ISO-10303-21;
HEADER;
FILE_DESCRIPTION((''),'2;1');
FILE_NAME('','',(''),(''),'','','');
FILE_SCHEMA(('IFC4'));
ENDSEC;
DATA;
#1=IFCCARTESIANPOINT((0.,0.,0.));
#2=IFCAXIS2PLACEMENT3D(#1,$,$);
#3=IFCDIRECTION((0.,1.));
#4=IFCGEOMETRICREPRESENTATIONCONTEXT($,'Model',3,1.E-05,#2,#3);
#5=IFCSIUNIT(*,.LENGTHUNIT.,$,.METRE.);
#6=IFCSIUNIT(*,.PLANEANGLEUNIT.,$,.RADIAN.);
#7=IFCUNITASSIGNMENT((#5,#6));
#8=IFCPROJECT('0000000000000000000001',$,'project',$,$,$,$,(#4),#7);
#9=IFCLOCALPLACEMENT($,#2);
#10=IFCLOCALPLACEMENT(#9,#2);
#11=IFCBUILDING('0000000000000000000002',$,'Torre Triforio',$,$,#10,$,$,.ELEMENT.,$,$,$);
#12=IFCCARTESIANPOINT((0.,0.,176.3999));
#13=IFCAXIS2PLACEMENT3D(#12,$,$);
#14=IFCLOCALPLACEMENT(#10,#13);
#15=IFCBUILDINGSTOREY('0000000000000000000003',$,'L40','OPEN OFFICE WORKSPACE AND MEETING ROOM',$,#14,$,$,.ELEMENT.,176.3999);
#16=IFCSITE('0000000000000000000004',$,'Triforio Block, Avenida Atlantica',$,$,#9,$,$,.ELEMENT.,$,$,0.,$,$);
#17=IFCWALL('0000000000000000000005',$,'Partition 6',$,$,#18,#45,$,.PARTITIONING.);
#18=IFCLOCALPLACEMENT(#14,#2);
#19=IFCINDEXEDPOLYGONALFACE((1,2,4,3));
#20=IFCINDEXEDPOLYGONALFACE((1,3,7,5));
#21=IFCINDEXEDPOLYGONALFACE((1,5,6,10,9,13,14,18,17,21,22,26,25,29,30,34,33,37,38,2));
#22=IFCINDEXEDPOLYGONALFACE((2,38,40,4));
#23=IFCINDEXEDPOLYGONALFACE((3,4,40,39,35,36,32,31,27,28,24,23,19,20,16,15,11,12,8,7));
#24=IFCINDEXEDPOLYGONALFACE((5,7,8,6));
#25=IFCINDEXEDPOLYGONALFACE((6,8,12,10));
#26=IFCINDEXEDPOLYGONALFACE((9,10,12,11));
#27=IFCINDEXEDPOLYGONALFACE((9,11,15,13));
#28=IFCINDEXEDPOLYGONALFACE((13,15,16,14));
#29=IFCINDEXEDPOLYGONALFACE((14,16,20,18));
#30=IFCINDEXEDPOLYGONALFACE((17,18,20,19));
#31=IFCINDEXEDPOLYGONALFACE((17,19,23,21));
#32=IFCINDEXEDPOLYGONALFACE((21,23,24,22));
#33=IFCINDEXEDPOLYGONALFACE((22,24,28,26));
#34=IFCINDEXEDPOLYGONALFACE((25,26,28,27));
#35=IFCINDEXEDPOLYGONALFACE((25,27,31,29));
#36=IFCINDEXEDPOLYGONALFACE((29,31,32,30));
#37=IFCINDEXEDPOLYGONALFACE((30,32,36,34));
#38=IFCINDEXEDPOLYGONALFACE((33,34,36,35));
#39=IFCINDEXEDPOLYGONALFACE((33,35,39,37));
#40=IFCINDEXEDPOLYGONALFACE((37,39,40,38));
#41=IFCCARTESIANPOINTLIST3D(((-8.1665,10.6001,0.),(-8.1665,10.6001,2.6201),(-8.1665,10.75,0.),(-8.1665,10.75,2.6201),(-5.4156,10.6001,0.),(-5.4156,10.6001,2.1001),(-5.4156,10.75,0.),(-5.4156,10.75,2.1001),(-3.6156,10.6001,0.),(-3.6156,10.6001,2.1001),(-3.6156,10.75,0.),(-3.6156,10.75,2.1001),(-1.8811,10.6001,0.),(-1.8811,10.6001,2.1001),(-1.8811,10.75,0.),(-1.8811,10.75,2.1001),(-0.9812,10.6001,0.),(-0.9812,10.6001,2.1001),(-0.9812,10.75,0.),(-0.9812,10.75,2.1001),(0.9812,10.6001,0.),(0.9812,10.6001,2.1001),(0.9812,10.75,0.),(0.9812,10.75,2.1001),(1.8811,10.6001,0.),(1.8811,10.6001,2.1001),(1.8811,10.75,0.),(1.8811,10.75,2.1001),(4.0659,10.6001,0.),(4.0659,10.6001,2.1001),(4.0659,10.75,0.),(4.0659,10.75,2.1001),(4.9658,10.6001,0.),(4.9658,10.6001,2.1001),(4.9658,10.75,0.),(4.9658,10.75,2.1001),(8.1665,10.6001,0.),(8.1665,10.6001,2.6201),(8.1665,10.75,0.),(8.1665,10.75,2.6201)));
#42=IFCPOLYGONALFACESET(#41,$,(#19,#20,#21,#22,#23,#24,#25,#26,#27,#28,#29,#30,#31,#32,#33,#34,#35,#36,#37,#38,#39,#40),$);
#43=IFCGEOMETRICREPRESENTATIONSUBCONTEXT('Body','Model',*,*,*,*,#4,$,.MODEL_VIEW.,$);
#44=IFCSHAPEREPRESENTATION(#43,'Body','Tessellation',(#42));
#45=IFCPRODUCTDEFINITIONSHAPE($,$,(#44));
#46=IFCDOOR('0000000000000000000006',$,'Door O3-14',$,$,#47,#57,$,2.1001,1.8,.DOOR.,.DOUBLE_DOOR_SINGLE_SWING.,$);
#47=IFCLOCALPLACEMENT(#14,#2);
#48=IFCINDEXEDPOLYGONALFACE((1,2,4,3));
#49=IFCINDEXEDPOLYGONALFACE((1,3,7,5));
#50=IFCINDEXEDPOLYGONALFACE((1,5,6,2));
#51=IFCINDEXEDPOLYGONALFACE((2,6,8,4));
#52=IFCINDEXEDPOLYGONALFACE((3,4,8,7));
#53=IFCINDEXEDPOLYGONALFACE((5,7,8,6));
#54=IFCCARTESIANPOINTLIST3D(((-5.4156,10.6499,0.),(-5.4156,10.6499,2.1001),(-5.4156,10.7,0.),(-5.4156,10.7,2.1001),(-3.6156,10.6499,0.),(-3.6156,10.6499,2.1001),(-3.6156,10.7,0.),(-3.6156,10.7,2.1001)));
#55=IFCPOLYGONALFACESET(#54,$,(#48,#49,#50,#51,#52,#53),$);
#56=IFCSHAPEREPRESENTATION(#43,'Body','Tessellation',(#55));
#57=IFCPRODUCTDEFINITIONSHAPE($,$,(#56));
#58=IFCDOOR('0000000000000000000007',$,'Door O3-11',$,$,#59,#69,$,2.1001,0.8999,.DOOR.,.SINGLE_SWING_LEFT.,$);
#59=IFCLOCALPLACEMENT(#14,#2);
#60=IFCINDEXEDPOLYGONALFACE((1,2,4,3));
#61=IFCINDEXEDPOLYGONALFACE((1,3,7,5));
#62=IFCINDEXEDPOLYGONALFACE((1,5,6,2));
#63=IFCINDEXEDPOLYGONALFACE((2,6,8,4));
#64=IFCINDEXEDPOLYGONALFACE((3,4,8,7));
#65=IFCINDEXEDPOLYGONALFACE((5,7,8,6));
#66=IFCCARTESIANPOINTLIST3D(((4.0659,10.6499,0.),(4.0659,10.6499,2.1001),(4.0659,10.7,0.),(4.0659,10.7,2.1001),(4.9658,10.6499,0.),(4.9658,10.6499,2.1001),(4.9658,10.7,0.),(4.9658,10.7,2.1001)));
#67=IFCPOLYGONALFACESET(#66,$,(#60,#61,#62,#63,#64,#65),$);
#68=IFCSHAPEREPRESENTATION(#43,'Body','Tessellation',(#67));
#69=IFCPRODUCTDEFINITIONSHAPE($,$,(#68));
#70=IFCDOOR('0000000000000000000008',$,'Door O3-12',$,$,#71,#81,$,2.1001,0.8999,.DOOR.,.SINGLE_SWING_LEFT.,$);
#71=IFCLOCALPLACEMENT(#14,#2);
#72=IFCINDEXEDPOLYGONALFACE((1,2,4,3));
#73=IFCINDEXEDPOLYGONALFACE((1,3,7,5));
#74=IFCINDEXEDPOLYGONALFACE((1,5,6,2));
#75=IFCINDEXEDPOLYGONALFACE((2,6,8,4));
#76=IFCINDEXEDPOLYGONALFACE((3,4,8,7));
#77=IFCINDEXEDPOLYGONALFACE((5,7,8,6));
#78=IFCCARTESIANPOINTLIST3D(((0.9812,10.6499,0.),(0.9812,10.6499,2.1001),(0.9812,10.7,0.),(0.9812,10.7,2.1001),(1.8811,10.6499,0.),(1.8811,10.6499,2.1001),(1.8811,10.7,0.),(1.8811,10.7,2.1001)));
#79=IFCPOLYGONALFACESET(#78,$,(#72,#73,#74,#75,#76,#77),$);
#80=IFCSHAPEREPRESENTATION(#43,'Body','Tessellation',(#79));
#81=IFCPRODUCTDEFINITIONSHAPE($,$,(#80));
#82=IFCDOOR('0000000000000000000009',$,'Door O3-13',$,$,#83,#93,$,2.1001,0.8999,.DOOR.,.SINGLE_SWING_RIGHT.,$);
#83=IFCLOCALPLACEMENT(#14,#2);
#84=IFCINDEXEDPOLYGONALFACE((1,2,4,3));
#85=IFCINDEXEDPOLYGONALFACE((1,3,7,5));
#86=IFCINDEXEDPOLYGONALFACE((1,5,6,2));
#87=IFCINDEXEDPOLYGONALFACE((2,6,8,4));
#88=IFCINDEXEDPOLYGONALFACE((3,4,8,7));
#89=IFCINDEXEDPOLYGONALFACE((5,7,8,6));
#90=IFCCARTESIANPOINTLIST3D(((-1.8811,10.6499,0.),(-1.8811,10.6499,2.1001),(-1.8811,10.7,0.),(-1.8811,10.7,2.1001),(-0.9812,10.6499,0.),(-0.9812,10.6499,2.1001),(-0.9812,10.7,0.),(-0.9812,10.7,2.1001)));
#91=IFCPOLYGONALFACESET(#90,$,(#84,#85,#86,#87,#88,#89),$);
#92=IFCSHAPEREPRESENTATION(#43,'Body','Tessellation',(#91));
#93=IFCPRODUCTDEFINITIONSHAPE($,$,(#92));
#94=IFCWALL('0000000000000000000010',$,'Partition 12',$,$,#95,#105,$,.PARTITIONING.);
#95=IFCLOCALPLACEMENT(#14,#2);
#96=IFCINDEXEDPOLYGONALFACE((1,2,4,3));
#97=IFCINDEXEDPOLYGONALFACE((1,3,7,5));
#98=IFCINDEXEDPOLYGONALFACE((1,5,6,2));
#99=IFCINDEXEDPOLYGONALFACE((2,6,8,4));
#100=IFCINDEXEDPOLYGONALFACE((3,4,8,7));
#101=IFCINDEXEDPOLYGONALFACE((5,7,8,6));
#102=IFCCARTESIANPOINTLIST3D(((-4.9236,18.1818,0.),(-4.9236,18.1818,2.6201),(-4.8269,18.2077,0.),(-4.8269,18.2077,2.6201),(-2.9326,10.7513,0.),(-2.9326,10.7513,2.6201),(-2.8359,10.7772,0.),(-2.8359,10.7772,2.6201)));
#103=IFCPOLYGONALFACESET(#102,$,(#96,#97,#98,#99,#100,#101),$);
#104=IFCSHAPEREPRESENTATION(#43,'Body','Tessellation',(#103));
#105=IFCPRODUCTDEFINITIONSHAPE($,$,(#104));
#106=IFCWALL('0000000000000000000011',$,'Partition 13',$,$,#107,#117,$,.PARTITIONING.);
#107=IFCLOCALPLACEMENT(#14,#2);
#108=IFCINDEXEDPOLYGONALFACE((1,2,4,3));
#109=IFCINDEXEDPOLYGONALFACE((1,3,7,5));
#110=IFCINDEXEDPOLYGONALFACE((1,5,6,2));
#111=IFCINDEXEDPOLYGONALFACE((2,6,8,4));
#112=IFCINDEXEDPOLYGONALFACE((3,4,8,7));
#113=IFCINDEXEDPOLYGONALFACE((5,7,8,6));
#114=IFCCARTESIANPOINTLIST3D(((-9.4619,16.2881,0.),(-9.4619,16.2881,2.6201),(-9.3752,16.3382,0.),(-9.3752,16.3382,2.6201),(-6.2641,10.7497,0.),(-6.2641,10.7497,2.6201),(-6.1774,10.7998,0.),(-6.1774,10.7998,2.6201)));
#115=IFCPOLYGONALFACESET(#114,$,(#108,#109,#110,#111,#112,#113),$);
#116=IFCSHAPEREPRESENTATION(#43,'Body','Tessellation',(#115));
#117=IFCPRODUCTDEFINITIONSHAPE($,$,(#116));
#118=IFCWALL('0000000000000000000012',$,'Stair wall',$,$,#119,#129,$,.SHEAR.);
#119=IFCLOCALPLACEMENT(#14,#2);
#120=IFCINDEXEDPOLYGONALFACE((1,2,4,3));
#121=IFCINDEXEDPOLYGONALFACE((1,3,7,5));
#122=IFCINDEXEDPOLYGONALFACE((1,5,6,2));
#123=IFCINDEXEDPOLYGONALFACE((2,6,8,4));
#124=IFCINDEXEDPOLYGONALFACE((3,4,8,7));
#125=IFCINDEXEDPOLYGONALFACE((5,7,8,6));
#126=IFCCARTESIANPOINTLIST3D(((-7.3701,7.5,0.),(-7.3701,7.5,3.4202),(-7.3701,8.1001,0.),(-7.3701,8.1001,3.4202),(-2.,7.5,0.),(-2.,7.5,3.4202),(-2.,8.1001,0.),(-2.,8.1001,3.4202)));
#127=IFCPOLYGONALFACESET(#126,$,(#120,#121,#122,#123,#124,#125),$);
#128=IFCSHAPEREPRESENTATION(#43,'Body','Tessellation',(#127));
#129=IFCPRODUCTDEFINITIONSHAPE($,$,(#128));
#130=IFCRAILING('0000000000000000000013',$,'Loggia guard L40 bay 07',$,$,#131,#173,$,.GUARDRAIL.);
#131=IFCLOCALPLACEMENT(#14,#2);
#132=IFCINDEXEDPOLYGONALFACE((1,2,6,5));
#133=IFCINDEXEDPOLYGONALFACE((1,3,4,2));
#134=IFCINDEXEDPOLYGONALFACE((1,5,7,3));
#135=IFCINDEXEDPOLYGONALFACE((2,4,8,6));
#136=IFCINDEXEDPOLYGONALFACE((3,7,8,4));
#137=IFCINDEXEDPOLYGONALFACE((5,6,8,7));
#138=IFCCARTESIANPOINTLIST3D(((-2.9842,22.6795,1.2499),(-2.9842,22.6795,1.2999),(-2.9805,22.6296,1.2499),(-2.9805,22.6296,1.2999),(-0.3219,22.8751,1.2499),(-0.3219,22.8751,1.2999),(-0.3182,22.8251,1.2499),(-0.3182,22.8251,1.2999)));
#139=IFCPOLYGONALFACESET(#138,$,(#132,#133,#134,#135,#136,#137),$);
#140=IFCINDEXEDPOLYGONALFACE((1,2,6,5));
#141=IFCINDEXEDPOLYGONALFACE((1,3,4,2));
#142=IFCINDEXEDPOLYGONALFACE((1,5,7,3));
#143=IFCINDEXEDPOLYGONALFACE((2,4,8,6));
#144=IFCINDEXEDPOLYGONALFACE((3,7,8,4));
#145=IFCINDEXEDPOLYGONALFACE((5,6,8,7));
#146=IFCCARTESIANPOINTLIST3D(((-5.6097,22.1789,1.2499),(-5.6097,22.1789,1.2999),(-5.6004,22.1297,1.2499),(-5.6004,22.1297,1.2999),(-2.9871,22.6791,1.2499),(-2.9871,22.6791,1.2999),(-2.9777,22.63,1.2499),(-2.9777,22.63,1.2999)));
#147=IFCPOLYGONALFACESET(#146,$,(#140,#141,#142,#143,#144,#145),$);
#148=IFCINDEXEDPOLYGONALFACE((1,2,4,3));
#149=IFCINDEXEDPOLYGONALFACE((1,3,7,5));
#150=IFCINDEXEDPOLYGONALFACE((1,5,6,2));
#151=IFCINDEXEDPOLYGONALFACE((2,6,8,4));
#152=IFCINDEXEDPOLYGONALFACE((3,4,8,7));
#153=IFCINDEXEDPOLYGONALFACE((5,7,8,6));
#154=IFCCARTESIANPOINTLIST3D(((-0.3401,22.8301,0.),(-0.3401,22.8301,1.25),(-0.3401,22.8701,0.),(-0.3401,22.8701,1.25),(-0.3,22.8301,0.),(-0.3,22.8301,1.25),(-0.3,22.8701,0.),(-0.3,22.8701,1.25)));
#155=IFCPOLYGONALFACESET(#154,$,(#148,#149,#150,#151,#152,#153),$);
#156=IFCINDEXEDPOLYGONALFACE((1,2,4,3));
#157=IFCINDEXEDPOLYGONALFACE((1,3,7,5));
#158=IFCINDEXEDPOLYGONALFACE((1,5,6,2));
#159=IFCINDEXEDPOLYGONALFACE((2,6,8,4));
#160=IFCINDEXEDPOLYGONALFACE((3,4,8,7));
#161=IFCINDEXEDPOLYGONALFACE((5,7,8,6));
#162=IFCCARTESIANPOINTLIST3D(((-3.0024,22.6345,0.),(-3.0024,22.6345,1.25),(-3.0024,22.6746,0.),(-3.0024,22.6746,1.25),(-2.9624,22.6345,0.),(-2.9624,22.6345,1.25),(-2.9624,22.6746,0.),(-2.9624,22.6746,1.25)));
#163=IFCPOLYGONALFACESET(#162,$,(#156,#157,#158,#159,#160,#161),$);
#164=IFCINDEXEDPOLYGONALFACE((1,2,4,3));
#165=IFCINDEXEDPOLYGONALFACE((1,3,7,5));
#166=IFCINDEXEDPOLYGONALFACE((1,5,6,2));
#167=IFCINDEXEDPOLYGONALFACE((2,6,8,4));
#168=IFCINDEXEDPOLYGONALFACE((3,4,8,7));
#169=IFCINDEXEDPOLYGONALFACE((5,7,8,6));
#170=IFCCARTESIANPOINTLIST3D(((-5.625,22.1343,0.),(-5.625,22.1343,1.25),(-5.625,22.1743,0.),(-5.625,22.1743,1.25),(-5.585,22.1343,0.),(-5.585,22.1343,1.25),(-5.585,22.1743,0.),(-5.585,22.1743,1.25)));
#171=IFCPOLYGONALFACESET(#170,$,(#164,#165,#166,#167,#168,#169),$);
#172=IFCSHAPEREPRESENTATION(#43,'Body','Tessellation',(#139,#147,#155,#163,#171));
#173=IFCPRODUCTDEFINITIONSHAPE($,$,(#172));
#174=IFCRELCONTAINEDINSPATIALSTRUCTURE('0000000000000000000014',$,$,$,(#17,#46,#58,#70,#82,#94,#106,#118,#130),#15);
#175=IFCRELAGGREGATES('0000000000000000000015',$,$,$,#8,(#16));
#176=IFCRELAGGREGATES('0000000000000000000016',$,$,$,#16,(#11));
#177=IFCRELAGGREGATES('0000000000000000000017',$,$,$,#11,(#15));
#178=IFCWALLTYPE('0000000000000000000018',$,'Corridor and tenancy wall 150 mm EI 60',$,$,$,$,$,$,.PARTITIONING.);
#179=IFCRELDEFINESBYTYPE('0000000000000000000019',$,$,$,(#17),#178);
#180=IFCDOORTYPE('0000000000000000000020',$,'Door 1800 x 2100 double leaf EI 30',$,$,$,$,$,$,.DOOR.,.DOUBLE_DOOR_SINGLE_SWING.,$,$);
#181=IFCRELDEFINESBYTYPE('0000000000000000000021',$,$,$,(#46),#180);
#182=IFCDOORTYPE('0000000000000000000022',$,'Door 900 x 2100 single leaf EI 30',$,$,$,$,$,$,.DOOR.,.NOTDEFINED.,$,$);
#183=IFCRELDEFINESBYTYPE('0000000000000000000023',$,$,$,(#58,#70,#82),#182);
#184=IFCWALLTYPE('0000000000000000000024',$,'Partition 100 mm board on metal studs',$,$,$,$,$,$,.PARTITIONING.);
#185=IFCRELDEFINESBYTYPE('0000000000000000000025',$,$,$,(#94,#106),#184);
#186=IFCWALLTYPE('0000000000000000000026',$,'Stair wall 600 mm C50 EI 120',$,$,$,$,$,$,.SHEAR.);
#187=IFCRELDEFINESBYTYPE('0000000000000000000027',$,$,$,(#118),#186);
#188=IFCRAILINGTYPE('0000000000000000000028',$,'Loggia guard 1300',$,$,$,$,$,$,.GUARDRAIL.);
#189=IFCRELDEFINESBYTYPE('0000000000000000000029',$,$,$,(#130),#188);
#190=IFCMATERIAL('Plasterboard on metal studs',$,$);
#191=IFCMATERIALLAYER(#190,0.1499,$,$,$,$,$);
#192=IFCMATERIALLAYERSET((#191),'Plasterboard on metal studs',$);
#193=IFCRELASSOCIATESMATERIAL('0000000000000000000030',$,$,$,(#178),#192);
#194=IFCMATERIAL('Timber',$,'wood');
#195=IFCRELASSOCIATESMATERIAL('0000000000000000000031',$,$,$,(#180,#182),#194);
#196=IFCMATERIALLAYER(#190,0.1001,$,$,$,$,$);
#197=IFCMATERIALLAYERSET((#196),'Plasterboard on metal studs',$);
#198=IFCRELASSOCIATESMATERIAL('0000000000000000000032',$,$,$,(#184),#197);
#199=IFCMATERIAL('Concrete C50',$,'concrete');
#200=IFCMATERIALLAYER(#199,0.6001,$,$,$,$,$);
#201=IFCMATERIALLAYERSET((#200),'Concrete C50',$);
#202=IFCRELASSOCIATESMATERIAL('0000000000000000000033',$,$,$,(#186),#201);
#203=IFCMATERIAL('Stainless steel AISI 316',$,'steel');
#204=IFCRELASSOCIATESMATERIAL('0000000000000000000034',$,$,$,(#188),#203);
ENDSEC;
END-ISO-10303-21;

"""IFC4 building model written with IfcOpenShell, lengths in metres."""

from ifc_helpers import new_model, si_unit, direction, frame, frame_2d, origin, origin_2d, place, context, subcontext, project, spatial, rectangle, extrude, material, layer, layer_set, type_object, element, fill, save


model = new_model("IFC4")

# Units and contexts
model_context = context("Model", 3, precision=1e-05, world=origin(), true_north=direction((0.0, 1.0)))
body_context = subcontext(model_context, "Body", "Model", "MODEL_VIEW")
ifc_project = project(units=[si_unit("LENGTHUNIT", "METRE"), si_unit("PLANEANGLEUNIT", "RADIAN")], contexts=[model_context])

# Site, building, storey
site_placement = place(None, origin())
site = spatial("IfcSite", under=ifc_project, at=site_placement, Name="Triforio Block, Avenida Atlantica", CompositionType="ELEMENT", RefElevation=0.0)
building_placement = place(site_placement, origin())
building = spatial("IfcBuilding", under=site, at=building_placement, Name="Torre Triforio", CompositionType="ELEMENT")
storey_placement = place(building_placement, frame((0.0, 0.0, 176.3999)))
storey = spatial("IfcBuildingStorey", under=building, at=storey_placement, Name="L40", Description="OPEN OFFICE WORKSPACE AND MEETING ROOM", CompositionType="ELEMENT", Elevation=176.3999)

# Shared definitions
ifc_material_1 = material(Name="Concrete C50", Category="concrete")

# Wall, openings, doors
ifc_material_2 = material(Name="Plasterboard on metal studs")
ifc_layer_1 = layer(ifc_material_2, 0.1499)
ifc_layer_set_1 = layer_set([ifc_layer_1], Name="Plasterboard on metal studs")
wall_type_1 = type_object("IfcWallType", Name="Corridor and tenancy wall 150 mm EI 60", PredefinedType="PARTITIONING", material=ifc_layer_set_1)
wall_1_placement = place(storey_placement, frame((-8.1665, 10.675, 0.0), z_axis=(0.0, 0.0, 1.0), x_axis=(1.0, 0.0, 0.0)))
wall_1 = element("IfcWall", 1, at=wall_1_placement, inside=storey, type_object=wall_type_1, Name="Partition 6", PredefinedType="PARTITIONING", context=body_context, shape_type="SweptSolid", body=[
    extrude(rectangle(XDim=16.333, YDim=0.1499, at=frame_2d((8.1665, 0.0))), origin(), (0.0, 0.0, 1.0), 2.6201),
])
opening_1_placement = place(wall_1_placement, frame((12.2324, 0.0, 0.0)))
opening_1 = element("IfcOpeningElement", 2, at=opening_1_placement, cuts=wall_1, PredefinedType="OPENING", context=body_context, shape_type="SweptSolid", body=[
    extrude(rectangle(XDim=0.8999, YDim=2.1001, at=frame_2d((0.45, 1.05))), frame((0.0, 0.085, 0.0), z_axis=(0.0, -1.0, 0.0), x_axis=(1.0, 0.0, 0.0)), (0.0, 0.0, 1.0), 0.1699),
])
opening_2_placement = place(wall_1_placement, frame((9.1477, 0.0, 0.0)))
opening_2 = element("IfcOpeningElement", 3, at=opening_2_placement, cuts=wall_1, PredefinedType="OPENING", context=body_context, shape_type="SweptSolid", body=[
    extrude(rectangle(XDim=0.8999, YDim=2.1001, at=frame_2d((0.45, 1.05))), frame((0.0, 0.085, 0.0), z_axis=(0.0, -1.0, 0.0), x_axis=(1.0, 0.0, 0.0)), (0.0, 0.0, 1.0), 0.1699),
])
opening_3_placement = place(wall_1_placement, frame((6.2854, 0.0, 0.0)))
opening_3 = element("IfcOpeningElement", 4, at=opening_3_placement, cuts=wall_1, PredefinedType="OPENING", context=body_context, shape_type="SweptSolid", body=[
    extrude(rectangle(XDim=0.8999, YDim=2.1001, at=frame_2d((0.45, 1.05))), frame((0.0, 0.085, 0.0), z_axis=(0.0, -1.0, 0.0), x_axis=(1.0, 0.0, 0.0)), (0.0, 0.0, 1.0), 0.1699),
])
opening_4_placement = place(wall_1_placement, frame((2.751, 0.0, 0.0)))
opening_4 = element("IfcOpeningElement", 5, at=opening_4_placement, cuts=wall_1, PredefinedType="OPENING", context=body_context, shape_type="SweptSolid", body=[
    extrude(rectangle(XDim=1.8, YDim=2.1001, at=frame_2d((0.8999, 1.05))), frame((0.0, 0.085, 0.0), z_axis=(0.0, -1.0, 0.0), x_axis=(1.0, 0.0, 0.0)), (0.0, 0.0, 1.0), 0.1699),
])
ifc_material_3 = material(Name="Timber", Category="wood")
door_type_1 = type_object("IfcDoorType", Name="Door 1800 x 2100 double leaf EI 30", OperationType="DOUBLE_DOOR_SINGLE_SWING", PredefinedType="DOOR", material=ifc_material_3)
door_1_placement = place(opening_4_placement, origin())
door_1 = element("IfcDoor", 6, at=door_1_placement, inside=storey, type_object=door_type_1, Name="Door O3-14", OperationType="DOUBLE_DOOR_SINGLE_SWING", OverallHeight=2.1001, OverallWidth=1.8, PredefinedType="DOOR", context=body_context, shape_type="SweptSolid", body=[
    extrude(rectangle(XDim=1.8, YDim=2.1001, at=frame_2d((0.8999, 1.05))), frame((0.0, 0.0249, 0.0), z_axis=(0.0, -1.0, 0.0), x_axis=(1.0, 0.0, 0.0)), (0.0, 0.0, 1.0), 0.05),
])
fill(opening_4, door_1)
door_type_2 = type_object("IfcDoorType", Name="Door 900 x 2100 single leaf EI 30", OperationType="NOTDEFINED", PredefinedType="DOOR", material=ifc_material_3)
door_2_placement = place(opening_1_placement, origin())
door_2 = element("IfcDoor", 7, at=door_2_placement, inside=storey, type_object=door_type_2, Name="Door O3-11", OperationType="SINGLE_SWING_LEFT", OverallHeight=2.1001, OverallWidth=0.8999, PredefinedType="DOOR", context=body_context, shape_type="SweptSolid", body=[
    extrude(rectangle(XDim=0.8999, YDim=2.1001, at=frame_2d((0.45, 1.05))), frame((0.0, 0.0249, 0.0), z_axis=(0.0, -1.0, 0.0), x_axis=(1.0, 0.0, 0.0)), (0.0, 0.0, 1.0), 0.05),
])
fill(opening_1, door_2)
door_3_placement = place(opening_2_placement, origin())
door_3 = element("IfcDoor", 8, at=door_3_placement, inside=storey, type_object=door_type_2, Name="Door O3-12", OperationType="SINGLE_SWING_LEFT", OverallHeight=2.1001, OverallWidth=0.8999, PredefinedType="DOOR", context=body_context, shape_type="SweptSolid", body=[
    extrude(rectangle(XDim=0.8999, YDim=2.1001, at=frame_2d((0.45, 1.05))), frame((0.0, 0.0249, 0.0), z_axis=(0.0, -1.0, 0.0), x_axis=(1.0, 0.0, 0.0)), (0.0, 0.0, 1.0), 0.05),
])
fill(opening_2, door_3)
door_4_placement = place(opening_3_placement, origin())
door_4 = element("IfcDoor", 9, at=door_4_placement, inside=storey, type_object=door_type_2, Name="Door O3-13", OperationType="SINGLE_SWING_RIGHT", OverallHeight=2.1001, OverallWidth=0.8999, PredefinedType="DOOR", context=body_context, shape_type="SweptSolid", body=[
    extrude(rectangle(XDim=0.8999, YDim=2.1001, at=frame_2d((0.45, 1.05))), frame((0.0, 0.0249, 0.0), z_axis=(0.0, -1.0, 0.0), x_axis=(1.0, 0.0, 0.0)), (0.0, 0.0, 1.0), 0.05),
])
fill(opening_3, door_4)

# Walls
ifc_layer_2 = layer(ifc_material_2, 0.1001)
ifc_layer_set_2 = layer_set([ifc_layer_2], Name="Plasterboard on metal studs")
wall_type_2 = type_object("IfcWallType", Name="Partition 100 mm board on metal studs", PredefinedType="PARTITIONING", material=ifc_layer_set_2)
wall_2_placement = place(storey_placement, frame((-2.8843, 10.7644, 0.0), z_axis=(0.0, 0.0, 1.0), x_axis=(-0.258818, 0.965926, 0.0)))
element("IfcWall", 10, at=wall_2_placement, inside=storey, type_object=wall_type_2, Name="Partition 12", PredefinedType="PARTITIONING", context=body_context, shape_type="SweptSolid", body=[
    extrude(rectangle(XDim=7.6926, YDim=0.1001, at=frame_2d((3.8462, 0.0))), origin(), (0.0, 0.0, 1.0), 2.6201),
])
wall_3_placement = place(storey_placement, frame((-6.2207, 10.7747, 0.0), z_axis=(0.0, 0.0, 1.0), x_axis=(-0.500023, 0.866012, 0.0)))
element("IfcWall", 11, at=wall_3_placement, inside=storey, type_object=wall_type_2, Name="Partition 13", PredefinedType="PARTITIONING", context=body_context, shape_type="SweptSolid", body=[
    extrude(rectangle(XDim=6.3953, YDim=0.1001, at=frame_2d((3.1978, 0.0))), origin(), (0.0, 0.0, 1.0), 2.6201),
])
ifc_layer_3 = layer(ifc_material_1, 0.6001)
ifc_layer_set_3 = layer_set([ifc_layer_3], Name="Concrete C50")
wall_type_3 = type_object("IfcWallType", Name="Stair wall 600 mm C50 EI 120", PredefinedType="SHEAR", material=ifc_layer_set_3)
wall_4_placement = place(storey_placement, frame((-7.3701, 7.8, 0.0), z_axis=(0.0, 0.0, 1.0), x_axis=(1.0, 0.0, 0.0)))
element("IfcWall", 12, at=wall_4_placement, inside=storey, type_object=wall_type_3, Name="Stair wall", PredefinedType="SHEAR", context=body_context, shape_type="SweptSolid", body=[
    extrude(rectangle(XDim=5.3701, YDim=0.6001, at=frame_2d((2.6851, 0.0))), origin(), (0.0, 0.0, 1.0), 3.4202),
])

# Railing
ifc_material_4 = material(Name="Stainless steel AISI 316", Category="steel")
railing_type = type_object("IfcRailingType", Name="Loggia guard 1300", PredefinedType="GUARDRAIL", material=ifc_material_4)
railing_1_placement = place(storey_placement, frame((-0.3201, 22.8501, 0.0)))
element("IfcRailing", 13, at=railing_1_placement, inside=storey, type_object=railing_type, Name="Loggia guard L40 bay 07", PredefinedType="GUARDRAIL", context=body_context, shape_type="SweptSolid", body=[
    extrude(rectangle(XDim=0.05, YDim=0.05, at=origin_2d()), frame((0.0, 0.0, 1.2749), z_axis=(-0.997313, -0.073255, 0.0), x_axis=(0.073255, -0.997313, 0.0)), (0.0, 0.0, 1.0), 2.6694),
    extrude(rectangle(XDim=0.05, YDim=0.05, at=origin_2d()), frame((-2.6624, -0.1956, 1.2749), z_axis=(-0.98229, -0.187368, 0.0), x_axis=(0.187368, -0.98229, 0.0)), (0.0, 0.0, 1.0), 2.6699),
    extrude(rectangle(XDim=0.04, YDim=0.04, at=origin_2d()), origin(), (0.0, 0.0, 1.0), 1.25),
    extrude(rectangle(XDim=0.04, YDim=0.04, at=origin_2d()), frame((-2.6624, -0.1956, 0.0)), (0.0, 0.0, 1.0), 1.25),
    extrude(rectangle(XDim=0.04, YDim=0.04, at=origin_2d()), frame((-5.2849, -0.6958, 0.0)), (0.0, 0.0, 1.0), 1.25),
])

save(model, "model.ifc")
